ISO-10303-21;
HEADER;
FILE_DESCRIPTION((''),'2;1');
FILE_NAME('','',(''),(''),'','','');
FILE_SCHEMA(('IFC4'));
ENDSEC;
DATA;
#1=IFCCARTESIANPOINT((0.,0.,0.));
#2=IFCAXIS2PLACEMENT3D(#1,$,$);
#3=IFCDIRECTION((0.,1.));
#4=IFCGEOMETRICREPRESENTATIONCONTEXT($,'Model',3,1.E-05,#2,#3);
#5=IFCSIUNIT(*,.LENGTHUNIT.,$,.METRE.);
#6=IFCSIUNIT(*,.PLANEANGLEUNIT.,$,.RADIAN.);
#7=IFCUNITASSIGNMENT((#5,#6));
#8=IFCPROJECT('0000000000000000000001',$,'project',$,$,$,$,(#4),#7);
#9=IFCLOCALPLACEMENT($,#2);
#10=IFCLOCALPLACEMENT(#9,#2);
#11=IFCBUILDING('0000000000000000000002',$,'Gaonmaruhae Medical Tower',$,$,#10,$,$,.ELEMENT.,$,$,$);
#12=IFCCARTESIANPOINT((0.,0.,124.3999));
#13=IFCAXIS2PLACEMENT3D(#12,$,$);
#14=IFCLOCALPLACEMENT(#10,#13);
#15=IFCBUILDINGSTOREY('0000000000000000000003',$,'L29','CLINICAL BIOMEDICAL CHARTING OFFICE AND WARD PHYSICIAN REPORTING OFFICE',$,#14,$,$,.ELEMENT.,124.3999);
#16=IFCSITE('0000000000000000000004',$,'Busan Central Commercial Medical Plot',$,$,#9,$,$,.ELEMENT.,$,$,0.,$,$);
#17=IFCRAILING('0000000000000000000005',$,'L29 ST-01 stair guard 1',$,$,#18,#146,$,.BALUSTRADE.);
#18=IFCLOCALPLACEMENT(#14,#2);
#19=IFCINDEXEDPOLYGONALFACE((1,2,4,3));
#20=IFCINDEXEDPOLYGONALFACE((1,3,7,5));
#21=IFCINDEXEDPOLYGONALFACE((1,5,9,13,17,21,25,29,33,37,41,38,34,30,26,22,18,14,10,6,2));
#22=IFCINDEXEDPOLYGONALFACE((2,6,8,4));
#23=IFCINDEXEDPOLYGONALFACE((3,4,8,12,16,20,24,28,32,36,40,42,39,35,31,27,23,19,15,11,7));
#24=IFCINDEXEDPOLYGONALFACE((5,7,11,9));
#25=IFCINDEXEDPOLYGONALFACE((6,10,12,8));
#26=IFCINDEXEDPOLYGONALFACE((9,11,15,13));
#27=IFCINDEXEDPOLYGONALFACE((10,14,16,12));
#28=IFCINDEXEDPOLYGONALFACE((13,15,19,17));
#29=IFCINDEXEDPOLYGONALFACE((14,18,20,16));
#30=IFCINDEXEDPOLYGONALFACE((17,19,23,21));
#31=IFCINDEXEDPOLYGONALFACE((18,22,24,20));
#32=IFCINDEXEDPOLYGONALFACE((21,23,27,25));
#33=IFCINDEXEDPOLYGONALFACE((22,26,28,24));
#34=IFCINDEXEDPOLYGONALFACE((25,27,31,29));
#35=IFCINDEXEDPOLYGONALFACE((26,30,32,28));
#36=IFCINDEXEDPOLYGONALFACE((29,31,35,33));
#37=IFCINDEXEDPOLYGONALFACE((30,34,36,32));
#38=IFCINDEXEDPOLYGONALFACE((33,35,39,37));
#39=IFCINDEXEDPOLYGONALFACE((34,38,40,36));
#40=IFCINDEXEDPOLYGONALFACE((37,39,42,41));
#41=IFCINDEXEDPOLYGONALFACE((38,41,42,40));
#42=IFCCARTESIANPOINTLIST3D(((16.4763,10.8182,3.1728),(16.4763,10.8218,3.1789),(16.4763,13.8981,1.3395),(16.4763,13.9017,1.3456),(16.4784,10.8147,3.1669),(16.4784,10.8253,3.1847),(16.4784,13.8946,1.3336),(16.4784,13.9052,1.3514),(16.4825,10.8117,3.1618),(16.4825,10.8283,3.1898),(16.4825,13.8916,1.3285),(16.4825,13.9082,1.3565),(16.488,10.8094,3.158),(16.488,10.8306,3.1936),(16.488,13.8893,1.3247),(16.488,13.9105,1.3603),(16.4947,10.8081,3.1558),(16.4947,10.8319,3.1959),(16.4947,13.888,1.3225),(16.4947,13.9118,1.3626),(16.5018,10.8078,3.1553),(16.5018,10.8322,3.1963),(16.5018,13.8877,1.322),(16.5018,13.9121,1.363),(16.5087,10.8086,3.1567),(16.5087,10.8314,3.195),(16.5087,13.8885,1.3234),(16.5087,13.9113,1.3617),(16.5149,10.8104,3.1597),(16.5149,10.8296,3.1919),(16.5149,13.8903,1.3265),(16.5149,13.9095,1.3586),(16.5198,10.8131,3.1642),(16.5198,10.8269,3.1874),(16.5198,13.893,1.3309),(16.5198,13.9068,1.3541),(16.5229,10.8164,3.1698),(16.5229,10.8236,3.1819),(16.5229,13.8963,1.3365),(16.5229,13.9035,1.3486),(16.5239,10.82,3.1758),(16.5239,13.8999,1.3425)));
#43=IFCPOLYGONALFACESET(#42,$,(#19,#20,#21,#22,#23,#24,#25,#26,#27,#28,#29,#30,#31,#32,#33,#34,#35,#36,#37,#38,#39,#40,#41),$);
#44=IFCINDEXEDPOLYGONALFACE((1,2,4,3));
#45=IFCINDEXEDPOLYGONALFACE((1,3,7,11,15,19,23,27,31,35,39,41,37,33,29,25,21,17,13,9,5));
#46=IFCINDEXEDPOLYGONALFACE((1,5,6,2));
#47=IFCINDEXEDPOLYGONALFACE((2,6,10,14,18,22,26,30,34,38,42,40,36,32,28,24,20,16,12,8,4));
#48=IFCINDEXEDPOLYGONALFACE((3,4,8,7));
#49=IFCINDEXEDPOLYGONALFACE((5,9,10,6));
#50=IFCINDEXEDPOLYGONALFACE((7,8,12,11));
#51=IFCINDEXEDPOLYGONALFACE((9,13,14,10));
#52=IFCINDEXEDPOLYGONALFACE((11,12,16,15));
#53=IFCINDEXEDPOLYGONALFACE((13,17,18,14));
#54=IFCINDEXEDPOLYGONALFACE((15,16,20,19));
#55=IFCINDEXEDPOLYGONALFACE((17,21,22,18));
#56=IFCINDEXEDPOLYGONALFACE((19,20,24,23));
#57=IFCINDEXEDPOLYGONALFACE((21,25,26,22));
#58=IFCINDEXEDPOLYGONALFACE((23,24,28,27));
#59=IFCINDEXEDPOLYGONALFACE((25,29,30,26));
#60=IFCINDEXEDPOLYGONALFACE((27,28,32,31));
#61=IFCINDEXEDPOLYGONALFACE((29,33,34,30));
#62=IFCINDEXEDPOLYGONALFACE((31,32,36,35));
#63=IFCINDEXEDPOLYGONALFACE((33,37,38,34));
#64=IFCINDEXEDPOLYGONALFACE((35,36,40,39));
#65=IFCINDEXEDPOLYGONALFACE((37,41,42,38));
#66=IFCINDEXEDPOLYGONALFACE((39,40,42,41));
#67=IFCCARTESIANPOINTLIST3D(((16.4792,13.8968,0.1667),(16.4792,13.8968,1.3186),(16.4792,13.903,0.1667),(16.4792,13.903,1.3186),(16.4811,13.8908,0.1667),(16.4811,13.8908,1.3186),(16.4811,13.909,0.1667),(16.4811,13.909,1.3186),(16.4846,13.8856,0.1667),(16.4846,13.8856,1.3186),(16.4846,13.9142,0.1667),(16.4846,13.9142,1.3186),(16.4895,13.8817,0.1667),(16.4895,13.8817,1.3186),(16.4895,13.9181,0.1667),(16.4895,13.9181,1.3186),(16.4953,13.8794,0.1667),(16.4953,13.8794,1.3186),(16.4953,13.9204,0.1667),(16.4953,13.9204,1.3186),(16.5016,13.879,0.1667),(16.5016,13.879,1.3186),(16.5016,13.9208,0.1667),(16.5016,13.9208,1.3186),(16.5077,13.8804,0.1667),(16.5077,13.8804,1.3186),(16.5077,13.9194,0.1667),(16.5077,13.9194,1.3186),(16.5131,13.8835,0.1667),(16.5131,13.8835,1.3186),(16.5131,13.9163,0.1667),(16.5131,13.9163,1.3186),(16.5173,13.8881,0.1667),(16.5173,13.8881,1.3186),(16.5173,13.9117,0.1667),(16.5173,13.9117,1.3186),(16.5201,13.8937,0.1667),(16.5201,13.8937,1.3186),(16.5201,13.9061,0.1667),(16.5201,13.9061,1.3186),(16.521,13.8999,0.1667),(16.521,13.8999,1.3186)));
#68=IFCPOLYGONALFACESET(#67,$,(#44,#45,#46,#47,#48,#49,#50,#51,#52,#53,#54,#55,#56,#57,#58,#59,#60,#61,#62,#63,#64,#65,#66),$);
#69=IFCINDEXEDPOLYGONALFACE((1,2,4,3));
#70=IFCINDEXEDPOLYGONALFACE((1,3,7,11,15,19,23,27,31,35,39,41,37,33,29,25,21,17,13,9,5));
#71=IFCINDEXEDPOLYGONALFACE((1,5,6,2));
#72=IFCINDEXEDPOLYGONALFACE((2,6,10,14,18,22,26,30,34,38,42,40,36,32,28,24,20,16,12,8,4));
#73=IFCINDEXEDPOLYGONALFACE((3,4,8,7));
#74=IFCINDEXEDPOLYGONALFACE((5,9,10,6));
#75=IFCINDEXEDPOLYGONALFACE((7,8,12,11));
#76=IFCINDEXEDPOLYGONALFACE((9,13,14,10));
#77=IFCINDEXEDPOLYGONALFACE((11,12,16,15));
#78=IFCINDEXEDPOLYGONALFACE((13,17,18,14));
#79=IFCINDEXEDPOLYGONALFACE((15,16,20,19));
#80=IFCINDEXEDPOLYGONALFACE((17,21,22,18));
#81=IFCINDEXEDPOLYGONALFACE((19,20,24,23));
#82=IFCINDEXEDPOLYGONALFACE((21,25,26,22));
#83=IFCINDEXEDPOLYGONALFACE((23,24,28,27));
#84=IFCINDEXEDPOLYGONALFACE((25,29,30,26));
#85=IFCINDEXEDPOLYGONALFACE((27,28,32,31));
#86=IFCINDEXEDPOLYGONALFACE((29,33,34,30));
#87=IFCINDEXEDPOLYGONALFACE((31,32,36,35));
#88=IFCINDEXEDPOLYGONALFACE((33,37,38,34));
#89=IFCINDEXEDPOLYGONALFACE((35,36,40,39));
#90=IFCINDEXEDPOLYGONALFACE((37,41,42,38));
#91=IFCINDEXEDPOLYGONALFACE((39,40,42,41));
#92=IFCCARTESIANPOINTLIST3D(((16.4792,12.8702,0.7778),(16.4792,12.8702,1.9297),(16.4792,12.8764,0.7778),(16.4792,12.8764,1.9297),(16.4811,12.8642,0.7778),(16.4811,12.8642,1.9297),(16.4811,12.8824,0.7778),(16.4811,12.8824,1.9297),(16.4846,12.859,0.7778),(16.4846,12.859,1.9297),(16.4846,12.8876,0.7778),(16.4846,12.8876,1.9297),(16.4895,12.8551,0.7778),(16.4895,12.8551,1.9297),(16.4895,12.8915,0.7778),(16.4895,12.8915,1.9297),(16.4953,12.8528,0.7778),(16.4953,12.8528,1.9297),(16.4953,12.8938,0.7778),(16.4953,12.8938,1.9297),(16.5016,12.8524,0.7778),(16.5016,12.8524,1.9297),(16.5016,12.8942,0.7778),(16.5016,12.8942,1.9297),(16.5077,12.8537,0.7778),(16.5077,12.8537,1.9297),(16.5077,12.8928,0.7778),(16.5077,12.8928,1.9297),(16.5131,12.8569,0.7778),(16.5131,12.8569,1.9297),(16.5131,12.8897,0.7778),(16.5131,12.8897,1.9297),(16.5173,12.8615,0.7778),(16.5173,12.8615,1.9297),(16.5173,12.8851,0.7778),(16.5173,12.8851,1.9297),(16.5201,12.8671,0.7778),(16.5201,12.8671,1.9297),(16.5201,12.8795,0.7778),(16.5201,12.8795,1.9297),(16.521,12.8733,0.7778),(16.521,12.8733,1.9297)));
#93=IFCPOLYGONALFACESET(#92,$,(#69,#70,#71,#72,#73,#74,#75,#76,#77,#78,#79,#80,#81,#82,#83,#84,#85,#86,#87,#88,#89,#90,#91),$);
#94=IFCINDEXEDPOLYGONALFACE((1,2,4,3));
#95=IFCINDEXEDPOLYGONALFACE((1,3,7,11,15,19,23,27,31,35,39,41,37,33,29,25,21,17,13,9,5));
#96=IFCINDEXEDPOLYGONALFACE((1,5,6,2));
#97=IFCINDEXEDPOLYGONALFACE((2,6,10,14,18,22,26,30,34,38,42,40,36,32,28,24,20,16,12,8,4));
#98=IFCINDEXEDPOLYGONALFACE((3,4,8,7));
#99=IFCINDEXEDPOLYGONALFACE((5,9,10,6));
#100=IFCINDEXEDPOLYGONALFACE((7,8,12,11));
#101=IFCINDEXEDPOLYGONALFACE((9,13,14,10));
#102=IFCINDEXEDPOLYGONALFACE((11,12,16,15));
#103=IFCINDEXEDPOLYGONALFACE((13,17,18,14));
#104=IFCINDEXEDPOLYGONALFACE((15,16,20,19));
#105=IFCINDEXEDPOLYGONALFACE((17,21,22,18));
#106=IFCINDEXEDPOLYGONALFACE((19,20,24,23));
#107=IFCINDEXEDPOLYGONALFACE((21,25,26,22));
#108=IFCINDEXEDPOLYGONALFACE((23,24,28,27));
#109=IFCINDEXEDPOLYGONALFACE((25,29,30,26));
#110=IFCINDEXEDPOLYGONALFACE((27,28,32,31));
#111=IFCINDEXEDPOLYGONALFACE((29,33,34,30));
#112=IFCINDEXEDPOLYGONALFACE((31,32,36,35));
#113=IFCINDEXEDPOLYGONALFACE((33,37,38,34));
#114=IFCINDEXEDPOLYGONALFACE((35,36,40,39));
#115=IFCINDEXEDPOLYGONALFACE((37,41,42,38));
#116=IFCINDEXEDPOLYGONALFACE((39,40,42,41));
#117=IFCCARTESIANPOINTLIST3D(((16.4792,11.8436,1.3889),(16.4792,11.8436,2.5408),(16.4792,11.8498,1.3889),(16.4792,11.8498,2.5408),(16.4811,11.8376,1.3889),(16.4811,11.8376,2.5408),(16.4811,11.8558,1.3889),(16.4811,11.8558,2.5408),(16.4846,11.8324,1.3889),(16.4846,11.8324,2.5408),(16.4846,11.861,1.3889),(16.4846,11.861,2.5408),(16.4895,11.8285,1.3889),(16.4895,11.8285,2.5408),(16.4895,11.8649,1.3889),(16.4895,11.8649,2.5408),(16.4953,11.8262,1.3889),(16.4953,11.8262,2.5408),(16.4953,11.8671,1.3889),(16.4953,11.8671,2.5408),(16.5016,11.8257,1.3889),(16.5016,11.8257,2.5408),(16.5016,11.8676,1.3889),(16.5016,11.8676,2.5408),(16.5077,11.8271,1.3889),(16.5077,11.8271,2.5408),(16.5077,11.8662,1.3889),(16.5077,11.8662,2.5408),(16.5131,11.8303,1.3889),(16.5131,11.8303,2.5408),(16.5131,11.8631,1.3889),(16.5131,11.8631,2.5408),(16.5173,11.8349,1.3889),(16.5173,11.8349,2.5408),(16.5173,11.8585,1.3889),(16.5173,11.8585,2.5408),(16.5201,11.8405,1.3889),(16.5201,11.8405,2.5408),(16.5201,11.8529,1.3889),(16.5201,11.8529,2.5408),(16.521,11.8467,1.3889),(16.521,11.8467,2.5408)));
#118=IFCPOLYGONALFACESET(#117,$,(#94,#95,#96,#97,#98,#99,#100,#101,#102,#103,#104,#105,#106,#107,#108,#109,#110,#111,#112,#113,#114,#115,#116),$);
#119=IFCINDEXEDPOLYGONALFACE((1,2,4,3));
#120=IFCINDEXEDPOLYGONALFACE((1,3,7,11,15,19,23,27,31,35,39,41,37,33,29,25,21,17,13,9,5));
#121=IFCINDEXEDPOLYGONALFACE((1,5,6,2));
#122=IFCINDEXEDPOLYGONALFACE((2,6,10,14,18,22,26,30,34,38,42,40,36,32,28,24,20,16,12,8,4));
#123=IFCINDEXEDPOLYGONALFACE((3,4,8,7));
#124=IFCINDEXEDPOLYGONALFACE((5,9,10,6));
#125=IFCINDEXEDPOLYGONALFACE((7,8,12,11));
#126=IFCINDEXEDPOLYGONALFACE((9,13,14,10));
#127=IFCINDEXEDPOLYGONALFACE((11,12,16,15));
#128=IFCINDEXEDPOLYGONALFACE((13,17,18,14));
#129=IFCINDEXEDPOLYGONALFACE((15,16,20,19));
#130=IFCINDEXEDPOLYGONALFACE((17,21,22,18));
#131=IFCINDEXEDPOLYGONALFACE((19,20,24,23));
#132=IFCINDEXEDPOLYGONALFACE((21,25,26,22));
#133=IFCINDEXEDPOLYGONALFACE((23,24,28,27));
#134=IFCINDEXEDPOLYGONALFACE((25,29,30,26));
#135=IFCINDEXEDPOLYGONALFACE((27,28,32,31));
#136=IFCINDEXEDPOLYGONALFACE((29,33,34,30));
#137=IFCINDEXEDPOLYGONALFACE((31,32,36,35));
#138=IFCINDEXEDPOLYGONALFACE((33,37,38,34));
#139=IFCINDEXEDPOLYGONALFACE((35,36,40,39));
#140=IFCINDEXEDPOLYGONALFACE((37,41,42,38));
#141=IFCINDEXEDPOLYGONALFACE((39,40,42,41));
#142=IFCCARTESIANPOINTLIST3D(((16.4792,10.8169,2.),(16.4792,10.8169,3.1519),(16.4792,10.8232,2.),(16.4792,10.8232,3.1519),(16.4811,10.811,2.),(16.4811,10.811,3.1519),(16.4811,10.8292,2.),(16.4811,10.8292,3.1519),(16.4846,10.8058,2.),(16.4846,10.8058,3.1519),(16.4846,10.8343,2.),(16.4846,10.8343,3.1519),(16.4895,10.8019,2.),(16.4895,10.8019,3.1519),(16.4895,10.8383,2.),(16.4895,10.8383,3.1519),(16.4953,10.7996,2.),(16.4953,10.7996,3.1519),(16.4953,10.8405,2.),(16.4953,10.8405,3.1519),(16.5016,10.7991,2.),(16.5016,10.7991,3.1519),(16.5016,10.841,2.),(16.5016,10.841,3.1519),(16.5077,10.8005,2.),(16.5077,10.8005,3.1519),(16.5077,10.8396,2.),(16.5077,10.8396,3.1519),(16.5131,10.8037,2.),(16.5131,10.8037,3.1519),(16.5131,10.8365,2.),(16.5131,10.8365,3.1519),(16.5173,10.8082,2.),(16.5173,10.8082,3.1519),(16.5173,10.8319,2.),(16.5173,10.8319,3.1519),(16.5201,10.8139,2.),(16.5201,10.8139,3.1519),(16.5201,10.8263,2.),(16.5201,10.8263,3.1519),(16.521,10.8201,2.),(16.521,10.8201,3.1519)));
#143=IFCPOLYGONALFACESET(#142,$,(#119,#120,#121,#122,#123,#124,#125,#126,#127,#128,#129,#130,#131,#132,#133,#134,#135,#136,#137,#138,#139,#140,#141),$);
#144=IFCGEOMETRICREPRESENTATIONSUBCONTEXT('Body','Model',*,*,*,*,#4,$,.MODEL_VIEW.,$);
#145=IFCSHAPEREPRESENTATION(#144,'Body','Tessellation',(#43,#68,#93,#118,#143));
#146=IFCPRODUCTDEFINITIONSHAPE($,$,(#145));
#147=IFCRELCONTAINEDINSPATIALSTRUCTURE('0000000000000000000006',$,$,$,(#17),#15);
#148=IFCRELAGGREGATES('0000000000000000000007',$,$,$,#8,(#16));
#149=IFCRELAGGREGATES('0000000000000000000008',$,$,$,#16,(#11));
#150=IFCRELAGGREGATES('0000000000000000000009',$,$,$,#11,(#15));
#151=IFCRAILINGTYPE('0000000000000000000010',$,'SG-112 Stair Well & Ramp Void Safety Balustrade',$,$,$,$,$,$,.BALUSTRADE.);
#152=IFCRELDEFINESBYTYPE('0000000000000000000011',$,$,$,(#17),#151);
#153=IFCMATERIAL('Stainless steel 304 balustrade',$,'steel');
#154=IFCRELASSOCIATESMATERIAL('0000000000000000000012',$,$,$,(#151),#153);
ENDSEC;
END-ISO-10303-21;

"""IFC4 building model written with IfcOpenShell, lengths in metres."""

from ifc_helpers import new_model, si_unit, direction, frame, origin, origin_2d, place, context, subcontext, project, spatial, circle, extrude, material, type_object, element, save


model = new_model("IFC4")

# Units and contexts
model_context = context("Model", 3, precision=1e-05, world=origin(), true_north=direction((0.0, 1.0)))
body_context = subcontext(model_context, "Body", "Model", "MODEL_VIEW")
ifc_project = project(units=[si_unit("LENGTHUNIT", "METRE"), si_unit("PLANEANGLEUNIT", "RADIAN")], contexts=[model_context])

# Site, building, storey
site_placement = place(None, origin())
site = spatial("IfcSite", under=ifc_project, at=site_placement, Name="Busan Central Commercial Medical Plot", CompositionType="ELEMENT", RefElevation=0.0)
building_placement = place(site_placement, origin())
building = spatial("IfcBuilding", under=site, at=building_placement, Name="Gaonmaruhae Medical Tower", CompositionType="ELEMENT")
storey_placement = place(building_placement, frame((0.0, 0.0, 124.3999)))
storey = spatial("IfcBuildingStorey", under=building, at=storey_placement, Name="L29", Description="CLINICAL BIOMEDICAL CHARTING OFFICE AND WARD PHYSICIAN REPORTING OFFICE", CompositionType="ELEMENT", Elevation=124.3999)

# Railing
ifc_material_1 = material(Name="Stainless steel 304 balustrade", Category="steel")
railing_type_1 = type_object("IfcRailingType", Name="SG-112 Stair Well & Ramp Void Safety Balustrade", PredefinedType="BALUSTRADE", material=ifc_material_1)
railing_1_placement = place(storey_placement, frame((16.5, 13.8999, 0.1667)))
element("IfcRailing", 1, at=railing_1_placement, inside=storey, type_object=railing_type_1, Name="L29 ST-01 stair guard 1", PredefinedType="BALUSTRADE", context=body_context, shape_type="SweptSolid", body=[
    extrude(circle(Radius=0.0239, at=origin_2d()), frame((0.0, 0.0, 1.1758), z_axis=(0.0, -0.859291, 0.511487), x_axis=(1.0, 0.0, 0.0)), (0.0, 0.0, 1.0), 3.5842),
    extrude(circle(Radius=0.021, at=origin_2d()), origin(), (0.0, 0.0, 1.0), 1.1519),
    extrude(circle(Radius=0.021, at=origin_2d()), frame((0.0, -1.0266, 0.6111)), (0.0, 0.0, 1.0), 1.1519),
    extrude(circle(Radius=0.021, at=origin_2d()), frame((0.0, -2.0532, 1.2222)), (0.0, 0.0, 1.0), 1.1519),
    extrude(circle(Radius=0.021, at=origin_2d()), frame((0.0, -3.0798, 1.8333)), (0.0, 0.0, 1.0), 1.1519),
])

save(model, "model.ifc")
